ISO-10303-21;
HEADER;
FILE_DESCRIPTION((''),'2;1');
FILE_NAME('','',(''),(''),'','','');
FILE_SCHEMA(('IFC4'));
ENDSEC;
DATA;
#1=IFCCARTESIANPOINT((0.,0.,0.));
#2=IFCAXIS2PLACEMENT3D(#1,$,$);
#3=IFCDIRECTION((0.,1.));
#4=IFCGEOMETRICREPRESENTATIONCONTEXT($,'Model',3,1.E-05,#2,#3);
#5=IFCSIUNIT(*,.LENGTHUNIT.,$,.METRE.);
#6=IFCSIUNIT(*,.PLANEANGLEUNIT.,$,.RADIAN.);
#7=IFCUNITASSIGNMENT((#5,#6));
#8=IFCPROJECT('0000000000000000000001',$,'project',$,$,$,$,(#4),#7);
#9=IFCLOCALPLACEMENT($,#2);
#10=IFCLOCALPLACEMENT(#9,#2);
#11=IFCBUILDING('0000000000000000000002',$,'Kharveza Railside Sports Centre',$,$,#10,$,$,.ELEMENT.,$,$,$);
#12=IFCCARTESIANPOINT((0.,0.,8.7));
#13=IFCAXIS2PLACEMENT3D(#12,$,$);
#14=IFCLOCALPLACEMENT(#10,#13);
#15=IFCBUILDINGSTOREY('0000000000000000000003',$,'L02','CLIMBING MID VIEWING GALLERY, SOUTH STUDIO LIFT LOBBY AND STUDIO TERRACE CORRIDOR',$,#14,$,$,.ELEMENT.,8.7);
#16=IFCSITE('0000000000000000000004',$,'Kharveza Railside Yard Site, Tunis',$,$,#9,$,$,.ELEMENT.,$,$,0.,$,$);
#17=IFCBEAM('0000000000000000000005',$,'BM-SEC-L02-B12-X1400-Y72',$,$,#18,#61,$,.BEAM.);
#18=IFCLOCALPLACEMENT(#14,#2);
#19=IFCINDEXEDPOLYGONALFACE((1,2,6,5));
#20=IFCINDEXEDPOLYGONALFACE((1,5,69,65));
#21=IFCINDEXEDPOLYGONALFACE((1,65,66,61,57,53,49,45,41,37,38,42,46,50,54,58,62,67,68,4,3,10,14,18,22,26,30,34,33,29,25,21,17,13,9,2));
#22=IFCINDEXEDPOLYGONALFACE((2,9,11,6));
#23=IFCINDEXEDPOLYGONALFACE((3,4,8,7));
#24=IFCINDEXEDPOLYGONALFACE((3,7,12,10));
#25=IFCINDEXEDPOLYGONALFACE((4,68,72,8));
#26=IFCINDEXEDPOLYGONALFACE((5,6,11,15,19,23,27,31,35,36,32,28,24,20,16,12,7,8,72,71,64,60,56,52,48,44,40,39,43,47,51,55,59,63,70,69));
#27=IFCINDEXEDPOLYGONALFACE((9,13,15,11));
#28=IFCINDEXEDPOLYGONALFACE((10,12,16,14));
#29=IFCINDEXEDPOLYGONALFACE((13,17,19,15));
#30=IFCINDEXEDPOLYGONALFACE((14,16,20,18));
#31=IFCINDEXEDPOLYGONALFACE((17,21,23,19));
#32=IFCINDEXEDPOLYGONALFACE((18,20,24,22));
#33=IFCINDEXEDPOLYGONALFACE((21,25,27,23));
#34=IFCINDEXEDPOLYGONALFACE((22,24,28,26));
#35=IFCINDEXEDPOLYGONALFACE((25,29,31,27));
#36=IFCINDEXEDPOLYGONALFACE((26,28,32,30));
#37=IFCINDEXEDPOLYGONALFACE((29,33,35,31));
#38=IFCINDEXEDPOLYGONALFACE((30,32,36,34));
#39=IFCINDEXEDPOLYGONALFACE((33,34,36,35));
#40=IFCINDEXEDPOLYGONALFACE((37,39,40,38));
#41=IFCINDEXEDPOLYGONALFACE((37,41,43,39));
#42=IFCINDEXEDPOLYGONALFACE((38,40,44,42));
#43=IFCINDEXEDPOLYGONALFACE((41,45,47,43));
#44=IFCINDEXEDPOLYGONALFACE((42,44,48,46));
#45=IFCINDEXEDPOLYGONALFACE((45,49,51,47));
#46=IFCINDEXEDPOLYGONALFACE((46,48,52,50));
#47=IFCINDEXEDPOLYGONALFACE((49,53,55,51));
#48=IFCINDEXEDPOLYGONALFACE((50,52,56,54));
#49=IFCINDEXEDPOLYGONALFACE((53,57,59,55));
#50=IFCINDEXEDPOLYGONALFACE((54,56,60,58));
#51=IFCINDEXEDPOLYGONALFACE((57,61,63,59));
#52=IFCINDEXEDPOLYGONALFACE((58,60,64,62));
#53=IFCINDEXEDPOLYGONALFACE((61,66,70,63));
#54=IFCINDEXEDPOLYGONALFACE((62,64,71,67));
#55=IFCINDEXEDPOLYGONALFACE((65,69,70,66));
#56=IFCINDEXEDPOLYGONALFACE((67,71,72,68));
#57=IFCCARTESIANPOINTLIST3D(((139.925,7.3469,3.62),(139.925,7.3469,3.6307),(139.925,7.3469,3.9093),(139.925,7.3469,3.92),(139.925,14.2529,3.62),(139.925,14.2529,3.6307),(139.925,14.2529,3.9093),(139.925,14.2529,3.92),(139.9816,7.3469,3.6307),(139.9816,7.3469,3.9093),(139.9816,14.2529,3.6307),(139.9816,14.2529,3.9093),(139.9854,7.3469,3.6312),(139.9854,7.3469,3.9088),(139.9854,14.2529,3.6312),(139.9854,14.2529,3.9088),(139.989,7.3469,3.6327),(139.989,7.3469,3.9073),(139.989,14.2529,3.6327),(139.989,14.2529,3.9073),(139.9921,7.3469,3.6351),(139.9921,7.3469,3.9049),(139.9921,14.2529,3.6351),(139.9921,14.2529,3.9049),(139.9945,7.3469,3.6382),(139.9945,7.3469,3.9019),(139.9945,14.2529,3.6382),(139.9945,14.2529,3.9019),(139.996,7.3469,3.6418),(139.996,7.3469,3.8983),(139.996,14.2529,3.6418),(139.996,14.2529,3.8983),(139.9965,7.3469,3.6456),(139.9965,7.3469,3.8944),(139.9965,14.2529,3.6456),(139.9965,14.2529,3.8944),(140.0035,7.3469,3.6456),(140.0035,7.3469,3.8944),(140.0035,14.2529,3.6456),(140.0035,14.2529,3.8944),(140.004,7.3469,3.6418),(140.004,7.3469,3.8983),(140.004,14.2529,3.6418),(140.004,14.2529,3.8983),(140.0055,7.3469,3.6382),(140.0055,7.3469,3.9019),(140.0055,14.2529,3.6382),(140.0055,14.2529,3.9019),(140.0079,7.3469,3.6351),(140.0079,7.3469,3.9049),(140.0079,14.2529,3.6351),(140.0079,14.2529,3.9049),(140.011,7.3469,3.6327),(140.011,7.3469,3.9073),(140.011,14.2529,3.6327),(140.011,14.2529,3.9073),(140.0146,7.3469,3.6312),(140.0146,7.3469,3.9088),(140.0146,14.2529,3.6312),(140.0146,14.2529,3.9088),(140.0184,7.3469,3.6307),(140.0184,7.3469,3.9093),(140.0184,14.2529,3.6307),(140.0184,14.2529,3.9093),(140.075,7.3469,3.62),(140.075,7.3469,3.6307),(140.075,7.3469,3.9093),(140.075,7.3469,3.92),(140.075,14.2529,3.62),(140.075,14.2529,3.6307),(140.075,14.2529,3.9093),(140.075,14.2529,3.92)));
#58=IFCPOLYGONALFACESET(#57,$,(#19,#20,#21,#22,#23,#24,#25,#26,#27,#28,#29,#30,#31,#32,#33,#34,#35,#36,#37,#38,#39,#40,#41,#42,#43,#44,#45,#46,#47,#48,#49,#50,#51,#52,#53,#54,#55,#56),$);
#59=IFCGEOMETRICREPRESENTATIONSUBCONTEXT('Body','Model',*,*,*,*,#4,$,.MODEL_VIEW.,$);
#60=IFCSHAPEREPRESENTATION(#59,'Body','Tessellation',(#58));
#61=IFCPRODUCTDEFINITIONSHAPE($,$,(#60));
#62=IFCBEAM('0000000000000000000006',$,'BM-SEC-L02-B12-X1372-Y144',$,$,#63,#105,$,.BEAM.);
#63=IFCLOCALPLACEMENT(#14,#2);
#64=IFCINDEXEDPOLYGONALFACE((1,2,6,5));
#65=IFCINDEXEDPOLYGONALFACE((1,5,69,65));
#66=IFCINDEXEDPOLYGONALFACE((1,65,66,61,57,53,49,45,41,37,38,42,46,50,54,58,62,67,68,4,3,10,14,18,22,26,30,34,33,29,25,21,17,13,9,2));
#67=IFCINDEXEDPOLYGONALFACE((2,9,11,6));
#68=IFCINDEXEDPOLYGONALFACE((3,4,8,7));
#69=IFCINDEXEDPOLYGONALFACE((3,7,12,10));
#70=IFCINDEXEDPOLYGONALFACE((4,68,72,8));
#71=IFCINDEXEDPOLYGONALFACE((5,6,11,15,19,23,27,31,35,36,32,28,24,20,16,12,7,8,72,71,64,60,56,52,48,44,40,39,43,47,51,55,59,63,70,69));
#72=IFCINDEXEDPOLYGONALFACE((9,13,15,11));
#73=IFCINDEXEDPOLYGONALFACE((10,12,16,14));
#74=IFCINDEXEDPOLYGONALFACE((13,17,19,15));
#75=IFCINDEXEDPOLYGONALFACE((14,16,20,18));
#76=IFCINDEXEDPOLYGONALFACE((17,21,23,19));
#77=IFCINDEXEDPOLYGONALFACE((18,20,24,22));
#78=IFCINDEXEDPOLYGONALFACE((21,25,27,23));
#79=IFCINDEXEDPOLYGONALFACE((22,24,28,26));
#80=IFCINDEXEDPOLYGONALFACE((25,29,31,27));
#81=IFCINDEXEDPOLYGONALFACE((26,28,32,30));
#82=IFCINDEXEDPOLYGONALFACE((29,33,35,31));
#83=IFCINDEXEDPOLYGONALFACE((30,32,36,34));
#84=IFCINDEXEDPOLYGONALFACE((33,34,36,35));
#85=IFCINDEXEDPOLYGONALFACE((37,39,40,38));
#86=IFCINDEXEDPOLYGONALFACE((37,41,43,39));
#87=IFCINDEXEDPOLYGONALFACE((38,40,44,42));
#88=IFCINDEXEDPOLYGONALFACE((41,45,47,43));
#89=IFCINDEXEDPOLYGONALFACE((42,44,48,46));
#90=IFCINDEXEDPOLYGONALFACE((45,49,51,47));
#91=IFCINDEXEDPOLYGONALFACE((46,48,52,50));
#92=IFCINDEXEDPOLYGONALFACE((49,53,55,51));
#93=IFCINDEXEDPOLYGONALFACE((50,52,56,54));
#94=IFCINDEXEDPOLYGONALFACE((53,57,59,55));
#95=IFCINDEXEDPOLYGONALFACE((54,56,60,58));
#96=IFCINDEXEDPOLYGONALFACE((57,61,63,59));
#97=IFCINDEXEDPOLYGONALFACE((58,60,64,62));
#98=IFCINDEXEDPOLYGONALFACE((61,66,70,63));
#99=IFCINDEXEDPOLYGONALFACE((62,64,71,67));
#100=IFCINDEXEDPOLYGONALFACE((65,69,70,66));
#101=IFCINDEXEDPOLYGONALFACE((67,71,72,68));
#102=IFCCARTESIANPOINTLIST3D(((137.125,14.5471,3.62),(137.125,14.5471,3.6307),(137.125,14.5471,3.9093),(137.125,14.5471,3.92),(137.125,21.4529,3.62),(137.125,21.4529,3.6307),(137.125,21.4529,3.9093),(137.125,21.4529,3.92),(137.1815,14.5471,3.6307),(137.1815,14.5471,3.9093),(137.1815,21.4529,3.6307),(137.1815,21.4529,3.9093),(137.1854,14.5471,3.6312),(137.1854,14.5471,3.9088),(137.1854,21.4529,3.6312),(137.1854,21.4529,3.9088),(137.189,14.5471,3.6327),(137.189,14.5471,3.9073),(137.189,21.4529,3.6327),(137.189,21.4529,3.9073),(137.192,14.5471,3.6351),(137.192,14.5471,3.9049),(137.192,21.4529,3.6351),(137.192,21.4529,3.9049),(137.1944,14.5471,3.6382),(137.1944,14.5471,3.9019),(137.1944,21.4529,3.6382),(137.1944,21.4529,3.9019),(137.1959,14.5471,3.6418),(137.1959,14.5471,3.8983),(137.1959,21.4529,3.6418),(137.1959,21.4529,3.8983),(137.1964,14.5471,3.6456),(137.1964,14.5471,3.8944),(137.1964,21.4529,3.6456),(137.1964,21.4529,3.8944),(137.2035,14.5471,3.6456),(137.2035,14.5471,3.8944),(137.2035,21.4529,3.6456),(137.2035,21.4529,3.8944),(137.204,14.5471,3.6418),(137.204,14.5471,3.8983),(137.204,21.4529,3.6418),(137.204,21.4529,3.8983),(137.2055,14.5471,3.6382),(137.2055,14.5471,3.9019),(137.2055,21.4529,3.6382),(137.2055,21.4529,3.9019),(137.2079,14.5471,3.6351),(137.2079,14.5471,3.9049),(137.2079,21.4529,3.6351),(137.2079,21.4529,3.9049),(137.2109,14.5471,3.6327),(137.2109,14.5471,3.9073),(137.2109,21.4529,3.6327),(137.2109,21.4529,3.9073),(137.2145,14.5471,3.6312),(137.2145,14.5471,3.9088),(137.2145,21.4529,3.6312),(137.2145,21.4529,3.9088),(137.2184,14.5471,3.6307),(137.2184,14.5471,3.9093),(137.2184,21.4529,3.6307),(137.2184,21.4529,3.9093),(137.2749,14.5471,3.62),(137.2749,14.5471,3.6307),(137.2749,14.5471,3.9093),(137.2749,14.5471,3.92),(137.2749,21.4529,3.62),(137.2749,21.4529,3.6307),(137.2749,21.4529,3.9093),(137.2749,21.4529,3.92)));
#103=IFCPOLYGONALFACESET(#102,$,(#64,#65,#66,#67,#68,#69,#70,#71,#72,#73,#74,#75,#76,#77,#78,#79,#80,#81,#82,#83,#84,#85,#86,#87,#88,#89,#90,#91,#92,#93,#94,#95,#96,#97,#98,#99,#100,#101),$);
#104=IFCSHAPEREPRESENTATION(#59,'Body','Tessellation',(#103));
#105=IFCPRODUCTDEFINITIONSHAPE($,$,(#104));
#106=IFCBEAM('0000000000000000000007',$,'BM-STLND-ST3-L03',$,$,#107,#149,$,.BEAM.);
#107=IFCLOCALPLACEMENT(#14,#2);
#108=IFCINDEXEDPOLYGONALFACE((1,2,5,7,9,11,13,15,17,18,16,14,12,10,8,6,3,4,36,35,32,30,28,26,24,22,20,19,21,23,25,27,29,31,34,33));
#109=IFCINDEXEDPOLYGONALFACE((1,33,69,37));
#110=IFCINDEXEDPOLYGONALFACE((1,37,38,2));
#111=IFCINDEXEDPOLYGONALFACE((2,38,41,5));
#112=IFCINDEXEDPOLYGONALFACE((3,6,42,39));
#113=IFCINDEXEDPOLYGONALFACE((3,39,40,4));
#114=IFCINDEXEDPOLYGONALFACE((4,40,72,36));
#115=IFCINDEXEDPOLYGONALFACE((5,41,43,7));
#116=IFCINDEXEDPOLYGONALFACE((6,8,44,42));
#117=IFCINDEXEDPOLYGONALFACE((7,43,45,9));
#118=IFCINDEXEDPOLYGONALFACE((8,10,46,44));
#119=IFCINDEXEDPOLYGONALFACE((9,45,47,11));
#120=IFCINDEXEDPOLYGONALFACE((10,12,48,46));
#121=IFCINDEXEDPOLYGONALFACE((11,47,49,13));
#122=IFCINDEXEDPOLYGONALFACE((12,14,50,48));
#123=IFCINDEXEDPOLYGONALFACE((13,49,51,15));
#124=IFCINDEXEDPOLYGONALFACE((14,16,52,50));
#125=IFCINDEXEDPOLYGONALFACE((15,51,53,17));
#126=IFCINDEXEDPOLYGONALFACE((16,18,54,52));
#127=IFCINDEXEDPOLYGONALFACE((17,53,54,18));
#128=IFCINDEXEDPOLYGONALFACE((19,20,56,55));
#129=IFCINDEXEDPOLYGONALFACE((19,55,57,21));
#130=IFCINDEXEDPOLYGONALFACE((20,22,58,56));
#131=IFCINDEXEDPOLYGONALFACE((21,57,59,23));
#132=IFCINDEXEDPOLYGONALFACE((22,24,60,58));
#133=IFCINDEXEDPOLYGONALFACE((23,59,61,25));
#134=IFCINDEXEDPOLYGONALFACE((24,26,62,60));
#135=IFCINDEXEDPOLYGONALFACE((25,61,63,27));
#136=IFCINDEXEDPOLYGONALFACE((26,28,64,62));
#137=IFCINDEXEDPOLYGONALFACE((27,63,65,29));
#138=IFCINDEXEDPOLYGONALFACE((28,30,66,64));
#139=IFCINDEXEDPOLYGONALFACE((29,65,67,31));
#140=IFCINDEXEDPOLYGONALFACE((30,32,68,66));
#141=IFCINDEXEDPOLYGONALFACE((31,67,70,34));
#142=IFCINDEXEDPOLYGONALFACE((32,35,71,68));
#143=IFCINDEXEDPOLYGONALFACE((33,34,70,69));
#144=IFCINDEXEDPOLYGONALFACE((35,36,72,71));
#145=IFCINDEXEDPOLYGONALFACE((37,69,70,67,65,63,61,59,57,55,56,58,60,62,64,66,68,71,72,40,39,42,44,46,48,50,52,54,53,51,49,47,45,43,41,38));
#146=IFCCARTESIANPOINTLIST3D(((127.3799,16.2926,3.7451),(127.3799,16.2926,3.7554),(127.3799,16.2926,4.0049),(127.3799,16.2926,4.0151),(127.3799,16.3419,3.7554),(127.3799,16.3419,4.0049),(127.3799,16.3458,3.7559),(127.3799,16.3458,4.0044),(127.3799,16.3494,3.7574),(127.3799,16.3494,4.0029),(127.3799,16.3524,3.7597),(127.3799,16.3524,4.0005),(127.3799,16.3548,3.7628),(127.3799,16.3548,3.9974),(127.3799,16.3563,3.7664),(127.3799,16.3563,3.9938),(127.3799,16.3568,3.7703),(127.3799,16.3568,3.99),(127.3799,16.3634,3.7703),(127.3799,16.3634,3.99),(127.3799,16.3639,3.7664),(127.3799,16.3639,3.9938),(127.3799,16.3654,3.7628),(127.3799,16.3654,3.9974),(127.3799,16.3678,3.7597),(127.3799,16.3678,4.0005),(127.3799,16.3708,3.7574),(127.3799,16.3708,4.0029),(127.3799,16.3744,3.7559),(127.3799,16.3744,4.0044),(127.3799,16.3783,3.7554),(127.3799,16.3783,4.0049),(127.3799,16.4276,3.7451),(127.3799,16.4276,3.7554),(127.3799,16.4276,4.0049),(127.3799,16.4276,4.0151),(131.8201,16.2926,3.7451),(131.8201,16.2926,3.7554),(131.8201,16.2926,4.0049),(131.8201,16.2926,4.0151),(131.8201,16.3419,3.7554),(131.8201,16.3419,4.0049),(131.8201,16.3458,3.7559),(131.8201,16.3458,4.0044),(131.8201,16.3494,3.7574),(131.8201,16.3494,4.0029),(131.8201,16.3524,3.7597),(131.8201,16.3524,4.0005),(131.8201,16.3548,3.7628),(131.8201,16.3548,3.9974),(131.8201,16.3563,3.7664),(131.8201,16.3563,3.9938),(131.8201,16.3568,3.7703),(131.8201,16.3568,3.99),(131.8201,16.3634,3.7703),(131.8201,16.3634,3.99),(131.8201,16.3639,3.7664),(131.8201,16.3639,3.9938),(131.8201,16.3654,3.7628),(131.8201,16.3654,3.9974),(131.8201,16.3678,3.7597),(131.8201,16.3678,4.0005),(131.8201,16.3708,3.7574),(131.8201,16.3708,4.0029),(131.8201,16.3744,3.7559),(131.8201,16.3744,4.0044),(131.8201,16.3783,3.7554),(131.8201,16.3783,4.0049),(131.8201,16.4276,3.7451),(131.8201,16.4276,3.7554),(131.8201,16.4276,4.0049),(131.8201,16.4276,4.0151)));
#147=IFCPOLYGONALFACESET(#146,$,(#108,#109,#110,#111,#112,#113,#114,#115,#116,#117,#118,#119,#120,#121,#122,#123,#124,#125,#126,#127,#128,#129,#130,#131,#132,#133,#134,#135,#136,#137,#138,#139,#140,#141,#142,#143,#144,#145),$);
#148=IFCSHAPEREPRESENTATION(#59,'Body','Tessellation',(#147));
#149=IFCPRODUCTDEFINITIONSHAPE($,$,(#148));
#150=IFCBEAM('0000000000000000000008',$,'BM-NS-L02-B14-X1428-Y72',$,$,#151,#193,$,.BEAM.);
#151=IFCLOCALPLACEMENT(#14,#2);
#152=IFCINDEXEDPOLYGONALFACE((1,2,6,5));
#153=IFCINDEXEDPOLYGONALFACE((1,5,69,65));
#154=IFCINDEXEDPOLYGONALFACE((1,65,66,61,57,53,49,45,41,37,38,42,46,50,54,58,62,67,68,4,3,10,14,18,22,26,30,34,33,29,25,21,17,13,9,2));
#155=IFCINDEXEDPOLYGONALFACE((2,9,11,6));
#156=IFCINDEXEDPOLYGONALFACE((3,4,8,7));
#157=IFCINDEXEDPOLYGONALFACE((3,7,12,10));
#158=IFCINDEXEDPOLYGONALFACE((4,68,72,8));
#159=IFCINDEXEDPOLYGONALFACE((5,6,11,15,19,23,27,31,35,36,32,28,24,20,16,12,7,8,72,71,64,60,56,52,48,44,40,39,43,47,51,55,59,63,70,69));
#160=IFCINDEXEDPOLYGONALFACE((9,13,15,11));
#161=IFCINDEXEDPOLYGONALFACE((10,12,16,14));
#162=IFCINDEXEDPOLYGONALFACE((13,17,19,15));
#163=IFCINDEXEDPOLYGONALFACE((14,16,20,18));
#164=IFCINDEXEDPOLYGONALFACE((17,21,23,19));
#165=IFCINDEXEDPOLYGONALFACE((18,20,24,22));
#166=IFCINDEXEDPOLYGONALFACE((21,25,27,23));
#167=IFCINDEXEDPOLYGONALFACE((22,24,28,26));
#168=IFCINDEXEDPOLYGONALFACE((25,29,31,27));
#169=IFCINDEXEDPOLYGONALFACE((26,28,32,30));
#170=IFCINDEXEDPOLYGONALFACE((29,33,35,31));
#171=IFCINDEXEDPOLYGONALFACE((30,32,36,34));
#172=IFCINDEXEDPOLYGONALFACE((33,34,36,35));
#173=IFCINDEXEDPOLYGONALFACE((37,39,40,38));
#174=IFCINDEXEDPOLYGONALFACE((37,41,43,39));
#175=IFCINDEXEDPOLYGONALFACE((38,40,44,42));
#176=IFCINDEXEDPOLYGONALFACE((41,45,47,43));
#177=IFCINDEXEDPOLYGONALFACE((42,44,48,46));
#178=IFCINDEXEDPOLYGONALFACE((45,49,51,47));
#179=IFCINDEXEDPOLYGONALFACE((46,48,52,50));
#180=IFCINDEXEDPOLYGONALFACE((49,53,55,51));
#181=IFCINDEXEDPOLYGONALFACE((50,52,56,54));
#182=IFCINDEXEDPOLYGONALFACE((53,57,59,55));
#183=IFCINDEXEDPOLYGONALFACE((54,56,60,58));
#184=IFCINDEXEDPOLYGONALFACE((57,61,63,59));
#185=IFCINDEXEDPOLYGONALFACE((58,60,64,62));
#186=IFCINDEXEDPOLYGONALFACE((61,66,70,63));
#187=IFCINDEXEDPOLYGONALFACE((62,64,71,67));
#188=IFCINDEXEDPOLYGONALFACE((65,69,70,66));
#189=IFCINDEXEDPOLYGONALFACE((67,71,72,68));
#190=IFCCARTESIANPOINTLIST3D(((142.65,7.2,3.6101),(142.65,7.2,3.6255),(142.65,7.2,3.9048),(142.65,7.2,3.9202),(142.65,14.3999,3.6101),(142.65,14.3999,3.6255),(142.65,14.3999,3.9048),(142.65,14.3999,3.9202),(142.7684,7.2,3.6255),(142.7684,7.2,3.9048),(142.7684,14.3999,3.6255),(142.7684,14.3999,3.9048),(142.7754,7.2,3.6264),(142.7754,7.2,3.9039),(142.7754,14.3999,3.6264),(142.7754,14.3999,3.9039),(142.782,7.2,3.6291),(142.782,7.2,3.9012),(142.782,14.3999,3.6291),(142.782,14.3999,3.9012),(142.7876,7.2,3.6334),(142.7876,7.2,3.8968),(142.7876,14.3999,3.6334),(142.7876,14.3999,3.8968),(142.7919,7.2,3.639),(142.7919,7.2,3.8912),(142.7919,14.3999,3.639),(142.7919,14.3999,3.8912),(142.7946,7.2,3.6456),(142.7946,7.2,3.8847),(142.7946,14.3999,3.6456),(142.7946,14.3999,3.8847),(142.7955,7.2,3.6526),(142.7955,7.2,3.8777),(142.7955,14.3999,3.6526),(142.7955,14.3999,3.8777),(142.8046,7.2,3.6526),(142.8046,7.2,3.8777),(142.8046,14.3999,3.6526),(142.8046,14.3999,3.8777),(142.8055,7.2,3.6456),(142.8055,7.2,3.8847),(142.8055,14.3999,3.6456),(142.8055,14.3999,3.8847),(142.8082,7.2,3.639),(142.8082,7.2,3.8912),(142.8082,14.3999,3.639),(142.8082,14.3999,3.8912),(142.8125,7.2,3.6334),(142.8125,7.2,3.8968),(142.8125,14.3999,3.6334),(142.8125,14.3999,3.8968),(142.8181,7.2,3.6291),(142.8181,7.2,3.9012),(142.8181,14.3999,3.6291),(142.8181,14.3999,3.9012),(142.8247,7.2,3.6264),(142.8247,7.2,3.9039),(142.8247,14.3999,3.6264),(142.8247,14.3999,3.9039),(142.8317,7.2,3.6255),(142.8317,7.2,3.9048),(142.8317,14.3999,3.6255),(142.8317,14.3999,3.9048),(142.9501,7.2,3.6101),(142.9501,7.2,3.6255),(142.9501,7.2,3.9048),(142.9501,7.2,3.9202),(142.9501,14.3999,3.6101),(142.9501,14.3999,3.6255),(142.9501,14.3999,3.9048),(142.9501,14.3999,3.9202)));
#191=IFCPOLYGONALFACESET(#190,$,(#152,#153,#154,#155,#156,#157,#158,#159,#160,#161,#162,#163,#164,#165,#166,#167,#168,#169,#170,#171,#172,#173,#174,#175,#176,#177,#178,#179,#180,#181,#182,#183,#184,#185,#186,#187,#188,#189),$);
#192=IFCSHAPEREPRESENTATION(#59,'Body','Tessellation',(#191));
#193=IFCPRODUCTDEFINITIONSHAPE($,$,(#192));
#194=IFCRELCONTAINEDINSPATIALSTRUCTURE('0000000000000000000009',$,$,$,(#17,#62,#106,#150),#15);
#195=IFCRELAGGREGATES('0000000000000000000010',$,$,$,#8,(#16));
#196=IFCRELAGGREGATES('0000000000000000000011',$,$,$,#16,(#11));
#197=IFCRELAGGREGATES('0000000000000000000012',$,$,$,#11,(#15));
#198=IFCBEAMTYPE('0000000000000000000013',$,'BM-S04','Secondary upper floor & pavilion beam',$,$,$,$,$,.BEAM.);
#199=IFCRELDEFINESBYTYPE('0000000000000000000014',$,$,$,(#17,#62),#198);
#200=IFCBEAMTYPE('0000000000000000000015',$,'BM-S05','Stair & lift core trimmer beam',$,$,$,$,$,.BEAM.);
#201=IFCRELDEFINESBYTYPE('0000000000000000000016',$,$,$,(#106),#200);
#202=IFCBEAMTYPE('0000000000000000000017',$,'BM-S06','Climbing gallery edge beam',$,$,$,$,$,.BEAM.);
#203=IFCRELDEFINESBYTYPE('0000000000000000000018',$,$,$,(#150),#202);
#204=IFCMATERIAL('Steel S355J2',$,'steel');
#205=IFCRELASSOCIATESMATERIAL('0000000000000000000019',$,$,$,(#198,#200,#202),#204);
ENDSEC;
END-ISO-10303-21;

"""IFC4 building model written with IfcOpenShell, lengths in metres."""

from ifc_helpers import new_model, si_unit, direction, frame, origin, origin_2d, place, context, subcontext, project, spatial, i_section, extrude, material, material_profile, profile_set, type_object, element, save


model = new_model("IFC4")

# Units and contexts
model_context = context("Model", 3, precision=1e-05, world=origin(), true_north=direction((0.0, 1.0)))
body_context = subcontext(model_context, "Body", "Model", "MODEL_VIEW")
ifc_project = project(units=[si_unit("LENGTHUNIT", "METRE"), si_unit("PLANEANGLEUNIT", "RADIAN")], contexts=[model_context])

# Site, building, storey
site_placement = place(None, origin())
site = spatial("IfcSite", under=ifc_project, at=site_placement, Name="Kharveza Railside Yard Site, Tunis", CompositionType="ELEMENT", RefElevation=0.0)
building_placement = place(site_placement, origin())
building = spatial("IfcBuilding", under=site, at=building_placement, Name="Kharveza Railside Sports Centre", CompositionType="ELEMENT")
storey_placement = place(building_placement, frame((0.0, 0.0, 8.7)))
storey = spatial("IfcBuildingStorey", under=building, at=storey_placement, Name="L02", Description="CLIMBING MID VIEWING GALLERY, SOUTH STUDIO LIFT LOBBY AND STUDIO TERRACE CORRIDOR", CompositionType="ELEMENT", Elevation=8.7)

# Shared definitions
ifc_material_1 = material(Name="Steel S355J2", Category="steel")

# Beams
ifc_material_profile_1 = material_profile(ifc_material_1, i_section(OverallWidth=0.1499, OverallDepth=0.3, WebThickness=0.0071, FlangeThickness=0.0107, FilletRadius=0.0149, at=origin_2d()), Name="IPE 300")
ifc_profile_set_1 = profile_set([ifc_material_profile_1], Name="Steel S355J2")
beam_type_1 = type_object("IfcBeamType", Name="BM-S04", Description="Secondary upper floor & pavilion beam", PredefinedType="BEAM", material=ifc_profile_set_1)
beam_1_placement = place(storey_placement, frame((140.0, 7.3469, 3.77), z_axis=(0.0, 1.0, 0.0), x_axis=(-1.0, 0.0, 0.0)))
element("IfcBeam", 1, at=beam_1_placement, inside=storey, type_object=beam_type_1, Name="BM-SEC-L02-B12-X1400-Y72", PredefinedType="BEAM", context=body_context, shape_type="SweptSolid", body=[
    extrude(i_section(OverallWidth=0.1499, OverallDepth=0.3, WebThickness=0.0071, FlangeThickness=0.0107, FilletRadius=0.0149, at=origin_2d()), origin(), (0.0, 0.0, 1.0), 6.906),
])
beam_2_placement = place(storey_placement, frame((137.2, 14.5471, 3.77), z_axis=(0.0, 1.0, 0.0), x_axis=(-1.0, 0.0, 0.0)))
element("IfcBeam", 2, at=beam_2_placement, inside=storey, type_object=beam_type_1, Name="BM-SEC-L02-B12-X1372-Y144", PredefinedType="BEAM", context=body_context, shape_type="SweptSolid", body=[
    extrude(i_section(OverallWidth=0.1499, OverallDepth=0.3, WebThickness=0.0071, FlangeThickness=0.0107, FilletRadius=0.0149, at=origin_2d()), origin(), (0.0, 0.0, 1.0), 6.9058),
])
ifc_material_profile_2 = material_profile(ifc_material_1, i_section(OverallWidth=0.135, OverallDepth=0.27, WebThickness=0.0066, FlangeThickness=0.0103, FilletRadius=0.0149, at=origin_2d()), Name="IPE 270")
ifc_profile_set_2 = profile_set([ifc_material_profile_2], Name="Steel S355J2")
beam_type_2 = type_object("IfcBeamType", Name="BM-S05", Description="Stair & lift core trimmer beam", PredefinedType="BEAM", material=ifc_profile_set_2)
beam_3_placement = place(storey_placement, frame((127.3799, 16.3601, 3.8801), z_axis=(1.0, 0.0, 0.0), x_axis=(0.0, 1.0, 0.0)))
element("IfcBeam", 3, at=beam_3_placement, inside=storey, type_object=beam_type_2, Name="BM-STLND-ST3-L03", PredefinedType="BEAM", context=body_context, shape_type="SweptSolid", body=[
    extrude(i_section(OverallWidth=0.135, OverallDepth=0.27, WebThickness=0.0066, FlangeThickness=0.0103, FilletRadius=0.0149, at=origin_2d()), origin(), (0.0, 0.0, 1.0), 4.4402),
])
ifc_material_profile_3 = material_profile(ifc_material_1, i_section(OverallWidth=0.3, OverallDepth=0.3101, WebThickness=0.009, FlangeThickness=0.0154, FilletRadius=0.0271, at=origin_2d()), Name="HEA 320")
ifc_profile_set_3 = profile_set([ifc_material_profile_3], Name="Steel S355J2")
beam_type_3 = type_object("IfcBeamType", Name="BM-S06", Description="Climbing gallery edge beam", PredefinedType="BEAM", material=ifc_profile_set_3)
beam_4_placement = place(storey_placement, frame((142.8, 7.2, 3.7651), z_axis=(0.0, 1.0, 0.0), x_axis=(-1.0, 0.0, 0.0)))
element("IfcBeam", 4, at=beam_4_placement, inside=storey, type_object=beam_type_3, Name="BM-NS-L02-B14-X1428-Y72", PredefinedType="BEAM", context=body_context, shape_type="SweptSolid", body=[
    extrude(i_section(OverallWidth=0.3, OverallDepth=0.3101, WebThickness=0.009, FlangeThickness=0.0154, FilletRadius=0.0271, at=origin_2d()), origin(), (0.0, 0.0, 1.0), 7.2),
])

save(model, "model.ifc")
